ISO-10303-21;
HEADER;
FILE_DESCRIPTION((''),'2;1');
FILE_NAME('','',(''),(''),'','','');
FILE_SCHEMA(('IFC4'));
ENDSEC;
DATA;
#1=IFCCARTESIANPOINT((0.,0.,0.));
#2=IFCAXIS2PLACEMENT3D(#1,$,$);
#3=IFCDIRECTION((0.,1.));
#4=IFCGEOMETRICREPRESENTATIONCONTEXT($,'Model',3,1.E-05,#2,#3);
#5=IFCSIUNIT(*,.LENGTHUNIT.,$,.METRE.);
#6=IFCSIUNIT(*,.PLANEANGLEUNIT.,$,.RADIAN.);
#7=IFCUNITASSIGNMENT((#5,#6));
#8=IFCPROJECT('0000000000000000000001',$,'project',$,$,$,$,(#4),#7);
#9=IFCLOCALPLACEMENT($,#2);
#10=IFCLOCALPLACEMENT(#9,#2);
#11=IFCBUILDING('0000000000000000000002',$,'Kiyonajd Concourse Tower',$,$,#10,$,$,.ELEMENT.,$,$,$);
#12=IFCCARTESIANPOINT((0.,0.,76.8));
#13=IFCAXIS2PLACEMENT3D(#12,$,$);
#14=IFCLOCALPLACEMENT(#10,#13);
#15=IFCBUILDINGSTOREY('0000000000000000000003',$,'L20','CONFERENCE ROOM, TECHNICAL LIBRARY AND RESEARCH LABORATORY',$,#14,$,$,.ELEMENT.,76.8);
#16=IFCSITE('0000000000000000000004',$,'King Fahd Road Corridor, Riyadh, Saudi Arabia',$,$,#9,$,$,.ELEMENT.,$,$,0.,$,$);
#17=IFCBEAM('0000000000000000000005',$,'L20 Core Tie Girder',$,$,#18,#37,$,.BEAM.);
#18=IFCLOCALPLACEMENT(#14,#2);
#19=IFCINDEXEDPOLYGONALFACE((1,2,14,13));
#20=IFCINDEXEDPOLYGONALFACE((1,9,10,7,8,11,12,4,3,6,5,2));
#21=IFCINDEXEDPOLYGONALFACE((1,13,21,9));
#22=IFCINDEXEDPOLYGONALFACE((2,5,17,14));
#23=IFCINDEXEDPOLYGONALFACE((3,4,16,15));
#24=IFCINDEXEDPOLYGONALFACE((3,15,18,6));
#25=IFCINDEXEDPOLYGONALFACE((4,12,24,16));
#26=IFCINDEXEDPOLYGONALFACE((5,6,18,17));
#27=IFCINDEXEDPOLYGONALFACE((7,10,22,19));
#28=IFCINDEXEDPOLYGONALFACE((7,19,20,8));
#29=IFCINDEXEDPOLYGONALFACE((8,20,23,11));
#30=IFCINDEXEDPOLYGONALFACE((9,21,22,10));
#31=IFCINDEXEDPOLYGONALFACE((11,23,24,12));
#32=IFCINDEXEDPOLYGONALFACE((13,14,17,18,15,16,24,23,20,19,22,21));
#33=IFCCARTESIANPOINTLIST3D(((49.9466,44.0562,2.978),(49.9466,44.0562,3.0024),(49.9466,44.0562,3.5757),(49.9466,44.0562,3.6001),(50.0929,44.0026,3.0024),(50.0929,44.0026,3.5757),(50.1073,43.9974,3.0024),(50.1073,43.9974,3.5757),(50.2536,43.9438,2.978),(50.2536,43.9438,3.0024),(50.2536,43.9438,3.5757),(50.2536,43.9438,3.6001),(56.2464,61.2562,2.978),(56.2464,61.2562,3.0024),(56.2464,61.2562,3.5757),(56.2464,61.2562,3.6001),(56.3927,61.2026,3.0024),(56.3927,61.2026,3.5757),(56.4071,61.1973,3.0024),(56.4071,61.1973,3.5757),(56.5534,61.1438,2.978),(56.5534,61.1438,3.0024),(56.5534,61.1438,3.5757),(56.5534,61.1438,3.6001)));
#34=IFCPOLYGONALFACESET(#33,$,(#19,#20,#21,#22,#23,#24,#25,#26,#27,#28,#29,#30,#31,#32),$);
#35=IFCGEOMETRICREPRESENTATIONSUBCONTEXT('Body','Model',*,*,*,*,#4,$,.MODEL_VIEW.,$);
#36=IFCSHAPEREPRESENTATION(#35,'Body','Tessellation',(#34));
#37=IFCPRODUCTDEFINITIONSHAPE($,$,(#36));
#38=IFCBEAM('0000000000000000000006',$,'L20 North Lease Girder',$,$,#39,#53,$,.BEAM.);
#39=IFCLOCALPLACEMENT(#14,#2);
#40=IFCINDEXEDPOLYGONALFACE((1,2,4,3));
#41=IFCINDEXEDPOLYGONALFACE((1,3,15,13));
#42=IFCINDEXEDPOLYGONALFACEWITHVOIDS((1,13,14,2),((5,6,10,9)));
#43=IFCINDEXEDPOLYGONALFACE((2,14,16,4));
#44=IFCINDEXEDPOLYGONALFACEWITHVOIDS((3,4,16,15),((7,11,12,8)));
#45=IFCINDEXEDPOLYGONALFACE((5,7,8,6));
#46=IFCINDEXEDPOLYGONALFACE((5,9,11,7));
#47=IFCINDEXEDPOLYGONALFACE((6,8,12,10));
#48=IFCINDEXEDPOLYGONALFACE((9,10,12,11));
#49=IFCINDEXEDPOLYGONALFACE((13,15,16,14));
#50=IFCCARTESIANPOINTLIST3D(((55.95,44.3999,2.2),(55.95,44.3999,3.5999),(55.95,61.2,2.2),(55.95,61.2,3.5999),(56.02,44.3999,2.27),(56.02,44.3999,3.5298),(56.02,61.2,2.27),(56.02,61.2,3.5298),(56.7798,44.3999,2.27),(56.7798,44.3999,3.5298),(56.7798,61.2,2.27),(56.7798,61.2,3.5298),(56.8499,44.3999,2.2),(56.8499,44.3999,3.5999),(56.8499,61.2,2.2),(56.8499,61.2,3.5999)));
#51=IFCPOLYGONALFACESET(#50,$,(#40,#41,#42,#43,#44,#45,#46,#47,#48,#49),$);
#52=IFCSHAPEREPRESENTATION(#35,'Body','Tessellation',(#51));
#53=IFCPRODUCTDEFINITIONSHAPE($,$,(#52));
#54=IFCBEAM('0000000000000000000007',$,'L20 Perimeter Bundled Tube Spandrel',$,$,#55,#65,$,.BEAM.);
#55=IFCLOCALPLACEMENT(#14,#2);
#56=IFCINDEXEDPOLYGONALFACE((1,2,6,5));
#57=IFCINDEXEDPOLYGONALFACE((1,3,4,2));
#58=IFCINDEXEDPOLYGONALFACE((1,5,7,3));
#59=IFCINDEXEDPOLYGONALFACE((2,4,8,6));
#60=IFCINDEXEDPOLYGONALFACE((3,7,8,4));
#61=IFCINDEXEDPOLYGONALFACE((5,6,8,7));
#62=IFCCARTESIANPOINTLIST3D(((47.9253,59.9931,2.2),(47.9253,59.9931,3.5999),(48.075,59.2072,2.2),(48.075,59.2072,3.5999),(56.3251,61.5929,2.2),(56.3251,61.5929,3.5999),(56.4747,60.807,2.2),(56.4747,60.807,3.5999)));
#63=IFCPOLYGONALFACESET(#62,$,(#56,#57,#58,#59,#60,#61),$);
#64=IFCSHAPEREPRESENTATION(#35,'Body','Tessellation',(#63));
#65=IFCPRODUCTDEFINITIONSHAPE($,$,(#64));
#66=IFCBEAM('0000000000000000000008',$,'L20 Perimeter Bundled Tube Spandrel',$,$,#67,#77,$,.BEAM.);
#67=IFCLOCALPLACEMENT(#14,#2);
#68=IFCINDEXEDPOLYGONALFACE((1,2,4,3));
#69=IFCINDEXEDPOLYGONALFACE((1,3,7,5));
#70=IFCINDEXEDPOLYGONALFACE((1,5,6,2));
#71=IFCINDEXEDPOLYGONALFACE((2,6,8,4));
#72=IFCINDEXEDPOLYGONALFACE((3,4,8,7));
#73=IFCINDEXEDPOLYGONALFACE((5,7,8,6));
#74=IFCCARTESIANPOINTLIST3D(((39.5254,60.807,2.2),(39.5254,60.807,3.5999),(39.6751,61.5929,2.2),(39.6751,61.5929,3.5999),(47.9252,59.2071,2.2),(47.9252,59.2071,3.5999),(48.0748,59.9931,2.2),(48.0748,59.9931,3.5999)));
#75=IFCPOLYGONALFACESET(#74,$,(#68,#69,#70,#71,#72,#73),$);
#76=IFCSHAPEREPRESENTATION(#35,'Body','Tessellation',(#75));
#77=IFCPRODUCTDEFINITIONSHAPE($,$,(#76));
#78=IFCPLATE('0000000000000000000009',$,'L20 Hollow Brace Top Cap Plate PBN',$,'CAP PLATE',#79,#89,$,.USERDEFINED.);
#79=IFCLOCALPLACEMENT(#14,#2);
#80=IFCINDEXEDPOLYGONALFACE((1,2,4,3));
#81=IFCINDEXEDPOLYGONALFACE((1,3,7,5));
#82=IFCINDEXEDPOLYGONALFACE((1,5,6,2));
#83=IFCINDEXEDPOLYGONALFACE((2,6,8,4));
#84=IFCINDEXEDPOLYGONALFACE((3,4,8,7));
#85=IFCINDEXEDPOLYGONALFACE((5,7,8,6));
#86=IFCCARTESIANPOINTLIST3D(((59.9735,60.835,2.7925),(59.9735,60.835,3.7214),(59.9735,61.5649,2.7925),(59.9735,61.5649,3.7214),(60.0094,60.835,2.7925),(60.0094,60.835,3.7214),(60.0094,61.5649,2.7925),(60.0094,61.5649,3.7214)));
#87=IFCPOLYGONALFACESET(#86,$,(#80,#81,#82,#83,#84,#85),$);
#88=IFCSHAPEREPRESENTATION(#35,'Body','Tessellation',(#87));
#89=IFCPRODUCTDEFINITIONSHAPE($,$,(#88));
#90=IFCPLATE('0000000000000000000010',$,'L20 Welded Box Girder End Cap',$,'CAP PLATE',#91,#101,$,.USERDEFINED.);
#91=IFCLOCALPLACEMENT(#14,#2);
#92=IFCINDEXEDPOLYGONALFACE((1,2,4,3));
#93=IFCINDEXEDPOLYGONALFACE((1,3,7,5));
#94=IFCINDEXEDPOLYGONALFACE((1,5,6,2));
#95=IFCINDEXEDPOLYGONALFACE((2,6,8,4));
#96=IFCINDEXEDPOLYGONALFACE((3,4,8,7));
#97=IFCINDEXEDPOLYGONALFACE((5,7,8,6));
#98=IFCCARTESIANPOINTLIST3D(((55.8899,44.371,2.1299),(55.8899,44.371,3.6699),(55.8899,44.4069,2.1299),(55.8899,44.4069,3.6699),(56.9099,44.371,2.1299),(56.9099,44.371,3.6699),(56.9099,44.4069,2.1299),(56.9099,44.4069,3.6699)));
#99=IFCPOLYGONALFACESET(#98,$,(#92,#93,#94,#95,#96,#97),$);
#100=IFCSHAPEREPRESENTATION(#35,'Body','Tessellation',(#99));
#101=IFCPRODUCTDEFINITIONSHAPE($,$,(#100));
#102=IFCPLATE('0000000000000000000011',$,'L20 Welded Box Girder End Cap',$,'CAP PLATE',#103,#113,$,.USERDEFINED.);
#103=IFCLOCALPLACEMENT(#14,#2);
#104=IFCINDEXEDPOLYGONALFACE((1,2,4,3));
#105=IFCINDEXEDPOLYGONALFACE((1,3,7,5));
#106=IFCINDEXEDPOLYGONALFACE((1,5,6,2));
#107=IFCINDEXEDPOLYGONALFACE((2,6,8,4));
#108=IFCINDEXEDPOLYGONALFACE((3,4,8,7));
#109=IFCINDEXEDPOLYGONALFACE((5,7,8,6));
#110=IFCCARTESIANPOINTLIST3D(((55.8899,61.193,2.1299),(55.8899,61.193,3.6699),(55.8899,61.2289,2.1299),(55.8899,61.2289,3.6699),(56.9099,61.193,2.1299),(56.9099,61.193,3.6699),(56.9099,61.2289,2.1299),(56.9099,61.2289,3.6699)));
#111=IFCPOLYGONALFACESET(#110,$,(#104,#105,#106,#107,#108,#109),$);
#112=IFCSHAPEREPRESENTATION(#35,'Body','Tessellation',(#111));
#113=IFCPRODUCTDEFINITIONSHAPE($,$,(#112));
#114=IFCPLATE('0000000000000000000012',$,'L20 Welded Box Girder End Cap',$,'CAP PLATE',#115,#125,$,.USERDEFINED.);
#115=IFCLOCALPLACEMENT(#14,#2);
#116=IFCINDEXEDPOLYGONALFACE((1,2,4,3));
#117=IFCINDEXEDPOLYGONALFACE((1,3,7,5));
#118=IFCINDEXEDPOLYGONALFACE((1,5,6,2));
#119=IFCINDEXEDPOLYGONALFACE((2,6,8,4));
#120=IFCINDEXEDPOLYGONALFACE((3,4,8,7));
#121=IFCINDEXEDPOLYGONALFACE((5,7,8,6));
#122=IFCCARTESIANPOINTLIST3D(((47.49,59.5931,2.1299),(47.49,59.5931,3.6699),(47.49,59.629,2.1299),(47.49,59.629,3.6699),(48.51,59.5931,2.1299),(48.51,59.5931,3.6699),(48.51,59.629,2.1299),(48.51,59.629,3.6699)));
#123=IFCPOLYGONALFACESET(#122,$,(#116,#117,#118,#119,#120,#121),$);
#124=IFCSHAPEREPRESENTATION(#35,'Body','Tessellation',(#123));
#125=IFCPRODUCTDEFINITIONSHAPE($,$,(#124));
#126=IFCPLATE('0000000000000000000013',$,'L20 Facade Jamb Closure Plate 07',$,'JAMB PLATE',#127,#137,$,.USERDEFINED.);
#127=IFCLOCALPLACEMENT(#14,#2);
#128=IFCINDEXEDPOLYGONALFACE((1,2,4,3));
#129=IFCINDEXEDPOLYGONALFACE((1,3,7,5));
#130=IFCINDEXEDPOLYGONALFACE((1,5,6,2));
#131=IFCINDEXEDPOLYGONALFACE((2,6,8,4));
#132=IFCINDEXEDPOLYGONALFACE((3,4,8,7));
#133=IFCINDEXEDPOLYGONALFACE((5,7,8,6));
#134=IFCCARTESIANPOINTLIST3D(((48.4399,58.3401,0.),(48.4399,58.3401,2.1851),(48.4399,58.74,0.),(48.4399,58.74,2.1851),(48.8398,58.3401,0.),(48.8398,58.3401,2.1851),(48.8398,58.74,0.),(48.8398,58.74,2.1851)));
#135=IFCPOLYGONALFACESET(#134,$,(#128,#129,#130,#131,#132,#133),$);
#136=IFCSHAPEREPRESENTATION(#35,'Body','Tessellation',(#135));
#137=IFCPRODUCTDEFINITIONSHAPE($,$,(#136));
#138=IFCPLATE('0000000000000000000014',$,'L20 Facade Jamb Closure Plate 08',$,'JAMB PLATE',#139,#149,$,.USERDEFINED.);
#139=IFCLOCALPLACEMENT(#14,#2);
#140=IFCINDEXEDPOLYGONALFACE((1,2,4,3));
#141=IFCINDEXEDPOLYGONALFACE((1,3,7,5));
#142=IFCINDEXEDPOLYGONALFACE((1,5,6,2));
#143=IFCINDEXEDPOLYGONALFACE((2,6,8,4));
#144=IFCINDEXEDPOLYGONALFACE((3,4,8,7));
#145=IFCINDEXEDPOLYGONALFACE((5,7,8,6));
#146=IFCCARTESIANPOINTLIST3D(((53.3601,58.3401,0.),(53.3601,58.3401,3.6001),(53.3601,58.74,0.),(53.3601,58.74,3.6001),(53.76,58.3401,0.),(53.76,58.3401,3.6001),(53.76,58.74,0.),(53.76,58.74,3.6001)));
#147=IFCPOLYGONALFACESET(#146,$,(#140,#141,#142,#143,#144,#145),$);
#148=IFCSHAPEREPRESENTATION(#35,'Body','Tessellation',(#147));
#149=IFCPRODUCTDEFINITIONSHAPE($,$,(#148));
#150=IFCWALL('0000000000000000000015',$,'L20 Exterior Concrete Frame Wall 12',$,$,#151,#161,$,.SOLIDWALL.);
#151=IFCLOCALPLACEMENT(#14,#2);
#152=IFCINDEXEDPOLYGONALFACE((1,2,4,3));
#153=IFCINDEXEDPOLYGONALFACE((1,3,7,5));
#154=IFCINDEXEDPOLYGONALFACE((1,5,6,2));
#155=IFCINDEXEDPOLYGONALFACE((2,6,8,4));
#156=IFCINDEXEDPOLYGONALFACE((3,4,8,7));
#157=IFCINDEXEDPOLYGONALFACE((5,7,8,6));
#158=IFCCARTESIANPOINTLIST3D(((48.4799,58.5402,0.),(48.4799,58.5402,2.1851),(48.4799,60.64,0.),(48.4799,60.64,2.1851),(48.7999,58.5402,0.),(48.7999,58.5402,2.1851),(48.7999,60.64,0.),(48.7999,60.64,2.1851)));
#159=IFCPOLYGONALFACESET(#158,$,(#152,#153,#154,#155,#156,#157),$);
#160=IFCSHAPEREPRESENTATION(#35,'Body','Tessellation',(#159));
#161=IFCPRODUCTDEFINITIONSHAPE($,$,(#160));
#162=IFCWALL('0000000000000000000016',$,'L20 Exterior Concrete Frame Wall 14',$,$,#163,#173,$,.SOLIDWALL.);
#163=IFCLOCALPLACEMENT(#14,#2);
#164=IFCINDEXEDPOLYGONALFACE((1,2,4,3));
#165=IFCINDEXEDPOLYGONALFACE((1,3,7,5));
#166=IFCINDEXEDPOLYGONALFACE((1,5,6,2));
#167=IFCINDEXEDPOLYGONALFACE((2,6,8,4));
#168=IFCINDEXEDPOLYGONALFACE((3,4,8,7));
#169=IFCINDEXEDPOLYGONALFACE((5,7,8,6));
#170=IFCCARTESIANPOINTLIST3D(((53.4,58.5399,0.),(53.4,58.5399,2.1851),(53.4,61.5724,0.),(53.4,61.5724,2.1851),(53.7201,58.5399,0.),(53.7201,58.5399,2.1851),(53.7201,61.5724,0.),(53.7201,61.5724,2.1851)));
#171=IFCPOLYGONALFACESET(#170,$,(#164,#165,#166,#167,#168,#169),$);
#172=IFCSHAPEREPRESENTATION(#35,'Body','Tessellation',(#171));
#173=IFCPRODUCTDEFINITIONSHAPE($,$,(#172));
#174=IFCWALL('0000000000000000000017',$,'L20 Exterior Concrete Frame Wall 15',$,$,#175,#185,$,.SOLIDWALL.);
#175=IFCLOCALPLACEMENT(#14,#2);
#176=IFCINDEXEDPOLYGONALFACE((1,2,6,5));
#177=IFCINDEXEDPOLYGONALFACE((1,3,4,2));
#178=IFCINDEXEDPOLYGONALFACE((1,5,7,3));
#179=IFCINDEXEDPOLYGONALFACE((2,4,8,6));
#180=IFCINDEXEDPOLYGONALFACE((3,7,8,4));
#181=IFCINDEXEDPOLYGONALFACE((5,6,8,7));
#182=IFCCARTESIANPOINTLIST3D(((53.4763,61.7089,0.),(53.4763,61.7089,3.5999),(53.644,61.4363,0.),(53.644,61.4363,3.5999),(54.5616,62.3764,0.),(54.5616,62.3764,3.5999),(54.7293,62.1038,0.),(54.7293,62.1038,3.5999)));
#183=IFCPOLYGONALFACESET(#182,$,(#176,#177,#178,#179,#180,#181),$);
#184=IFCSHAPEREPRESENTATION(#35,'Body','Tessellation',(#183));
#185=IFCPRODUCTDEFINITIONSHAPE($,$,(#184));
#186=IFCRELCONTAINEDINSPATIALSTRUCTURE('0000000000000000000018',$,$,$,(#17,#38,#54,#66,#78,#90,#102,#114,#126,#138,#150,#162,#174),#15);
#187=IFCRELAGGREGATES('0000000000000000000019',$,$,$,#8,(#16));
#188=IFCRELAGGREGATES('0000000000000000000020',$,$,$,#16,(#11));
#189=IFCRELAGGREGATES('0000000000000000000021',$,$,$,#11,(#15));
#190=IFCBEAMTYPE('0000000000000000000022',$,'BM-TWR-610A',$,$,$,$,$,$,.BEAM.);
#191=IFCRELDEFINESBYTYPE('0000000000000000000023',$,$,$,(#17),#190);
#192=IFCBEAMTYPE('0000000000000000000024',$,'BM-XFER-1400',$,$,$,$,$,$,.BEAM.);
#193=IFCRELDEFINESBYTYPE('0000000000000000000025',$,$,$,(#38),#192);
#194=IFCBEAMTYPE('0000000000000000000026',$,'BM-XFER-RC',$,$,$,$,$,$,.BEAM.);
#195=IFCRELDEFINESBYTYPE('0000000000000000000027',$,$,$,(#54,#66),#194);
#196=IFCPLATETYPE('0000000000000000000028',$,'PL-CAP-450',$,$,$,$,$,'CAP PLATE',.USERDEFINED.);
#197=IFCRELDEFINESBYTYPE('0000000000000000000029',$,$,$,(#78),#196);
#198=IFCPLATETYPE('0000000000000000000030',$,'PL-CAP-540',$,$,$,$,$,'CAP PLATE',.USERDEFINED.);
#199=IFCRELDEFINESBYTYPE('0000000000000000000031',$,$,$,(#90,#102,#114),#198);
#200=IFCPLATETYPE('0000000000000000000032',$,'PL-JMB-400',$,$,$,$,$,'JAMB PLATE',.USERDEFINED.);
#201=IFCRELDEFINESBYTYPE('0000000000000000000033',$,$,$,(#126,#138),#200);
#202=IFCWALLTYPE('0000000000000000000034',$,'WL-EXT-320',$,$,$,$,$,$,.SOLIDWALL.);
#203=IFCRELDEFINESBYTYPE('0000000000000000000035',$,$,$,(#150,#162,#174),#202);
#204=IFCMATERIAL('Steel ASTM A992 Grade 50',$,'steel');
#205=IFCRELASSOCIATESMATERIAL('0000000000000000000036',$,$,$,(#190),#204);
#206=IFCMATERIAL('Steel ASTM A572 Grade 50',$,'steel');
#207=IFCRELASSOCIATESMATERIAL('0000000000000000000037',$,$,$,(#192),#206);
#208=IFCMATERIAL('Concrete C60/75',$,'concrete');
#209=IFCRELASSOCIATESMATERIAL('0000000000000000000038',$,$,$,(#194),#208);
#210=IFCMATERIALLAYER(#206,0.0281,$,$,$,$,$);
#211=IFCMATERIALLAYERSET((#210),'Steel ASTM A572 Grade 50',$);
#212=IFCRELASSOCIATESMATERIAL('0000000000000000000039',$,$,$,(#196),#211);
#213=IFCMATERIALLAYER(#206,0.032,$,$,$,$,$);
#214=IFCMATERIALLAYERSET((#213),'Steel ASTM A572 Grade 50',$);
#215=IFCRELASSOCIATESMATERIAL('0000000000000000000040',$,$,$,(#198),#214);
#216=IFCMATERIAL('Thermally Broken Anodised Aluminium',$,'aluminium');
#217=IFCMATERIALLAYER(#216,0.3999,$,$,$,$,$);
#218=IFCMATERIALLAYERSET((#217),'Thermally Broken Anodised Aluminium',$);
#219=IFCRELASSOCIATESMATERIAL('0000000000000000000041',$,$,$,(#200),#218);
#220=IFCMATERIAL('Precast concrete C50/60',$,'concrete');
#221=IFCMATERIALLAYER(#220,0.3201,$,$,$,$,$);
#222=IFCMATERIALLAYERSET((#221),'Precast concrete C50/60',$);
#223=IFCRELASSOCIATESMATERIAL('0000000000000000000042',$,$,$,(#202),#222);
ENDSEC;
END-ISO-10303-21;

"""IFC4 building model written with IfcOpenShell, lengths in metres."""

from ifc_helpers import new_model, si_unit, direction, frame, frame_2d, origin, origin_2d, place, context, subcontext, project, spatial, rectangle, hollow_rectangle, i_section, extrude, material, layer, layer_set, material_profile, profile_set, type_object, element, save


model = new_model("IFC4")

# Units and contexts
model_context = context("Model", 3, precision=1e-05, world=origin(), true_north=direction((0.0, 1.0)))
body_context = subcontext(model_context, "Body", "Model", "MODEL_VIEW")
ifc_project = project(units=[si_unit("LENGTHUNIT", "METRE"), si_unit("PLANEANGLEUNIT", "RADIAN")], contexts=[model_context])

# Site, building, storey
site_placement = place(None, origin())
site = spatial("IfcSite", under=ifc_project, at=site_placement, Name="King Fahd Road Corridor, Riyadh, Saudi Arabia", CompositionType="ELEMENT", RefElevation=0.0)
building_placement = place(site_placement, origin())
building = spatial("IfcBuilding", under=site, at=building_placement, Name="Kiyonajd Concourse Tower", CompositionType="ELEMENT")
storey_placement = place(building_placement, frame((0.0, 0.0, 76.8)))
storey = spatial("IfcBuildingStorey", under=building, at=storey_placement, Name="L20", Description="CONFERENCE ROOM, TECHNICAL LIBRARY AND RESEARCH LABORATORY", CompositionType="ELEMENT", Elevation=76.8)

# Shared definitions
ifc_material_1 = material(Name="Concrete C60/75", Category="concrete")

# Beams
ifc_material_2 = material(Name="Steel ASTM A992 Grade 50", Category="steel")
ifc_material_profile_1 = material_profile(ifc_material_2, i_section(OverallWidth=0.3269, OverallDepth=0.6221, WebThickness=0.0154, FlangeThickness=0.0244, at=origin_2d()), Name="W610X195")
ifc_profile_set_1 = profile_set([ifc_material_profile_1], Name="Steel ASTM A992 Grade 50")
beam_type_1 = type_object("IfcBeamType", Name="BM-TWR-610A", PredefinedType="BEAM", material=ifc_profile_set_1)
beam_1_placement = place(storey_placement, frame((50.1001, 44.0, 3.2891), z_axis=(0.343925, 0.938997, 0.0), x_axis=(-0.938997, 0.343925, 0.0)))
element("IfcBeam", 1, at=beam_1_placement, inside=storey, type_object=beam_type_1, Name="L20 Core Tie Girder", PredefinedType="BEAM", context=body_context, shape_type="SweptSolid", body=[
    extrude(i_section(OverallWidth=0.3269, OverallDepth=0.6221, WebThickness=0.0154, FlangeThickness=0.0244, at=origin_2d()), origin(), (0.0, 0.0, 1.0), 18.3174),
])
ifc_material_3 = material(Name="Steel ASTM A572 Grade 50", Category="steel")
ifc_material_profile_2 = material_profile(ifc_material_3, hollow_rectangle(XDim=0.8999, YDim=1.3999, WallThickness=0.0701, at=origin_2d()), Name="BOX-1400x900x70")
ifc_profile_set_2 = profile_set([ifc_material_profile_2], Name="Steel ASTM A572 Grade 50")
beam_type_2 = type_object("IfcBeamType", Name="BM-XFER-1400", PredefinedType="BEAM", material=ifc_profile_set_2)
beam_2_placement = place(storey_placement, frame((56.3999, 44.3999, 2.8999), z_axis=(0.0, 1.0, 0.0), x_axis=(-1.0, 0.0, 0.0)))
element("IfcBeam", 2, at=beam_2_placement, inside=storey, type_object=beam_type_2, Name="L20 North Lease Girder", PredefinedType="BEAM", context=body_context, shape_type="SweptSolid", body=[
    extrude(hollow_rectangle(XDim=0.8999, YDim=1.3999, WallThickness=0.0701, at=origin_2d()), origin(), (0.0, 0.0, 1.0), 16.8),
])
ifc_material_profile_3 = material_profile(ifc_material_1, rectangle(XDim=0.8, YDim=1.3999, at=origin_2d()), Name="RCBM-800x1400")
ifc_profile_set_3 = profile_set([ifc_material_profile_3], Name="Concrete C60/75")
beam_type_3 = type_object("IfcBeamType", Name="BM-XFER-RC", PredefinedType="BEAM", material=ifc_profile_set_3)
for number, where, z_axis, x_axis, name in (
    (3, (56.3999, 61.2, 2.8999), (-0.982341, -0.187098, 0.0), (0.187098, -0.982341, 0.0), "L20 Perimeter Bundled Tube Spandrel"),
    (4, (48.0, 59.6001, 2.8999), (-0.982341, 0.187098, 0.0), (-0.187098, -0.982341, 0.0), "L20 Perimeter Bundled Tube Spandrel"),
):
    element("IfcBeam", number, at=place(storey_placement, frame(where, z_axis=z_axis, x_axis=x_axis)), inside=storey, type_object=beam_type_3, Name=name, PredefinedType="BEAM", context=body_context, shape_type="SweptSolid", body=[
        extrude(rectangle(XDim=0.8, YDim=1.3999, at=origin_2d()), origin(), (0.0, 0.0, 1.0), 8.5508),
    ])

# Plates
ifc_layer_1 = layer(ifc_material_3, 0.0281)
ifc_layer_set_1 = layer_set([ifc_layer_1], Name="Steel ASTM A572 Grade 50")
plate_type_1 = type_object("IfcPlateType", Name="PL-CAP-450", ElementType="CAP PLATE", PredefinedType="USERDEFINED", material=ifc_layer_set_1)
plate_1_placement = place(storey_placement, frame((59.9915, 61.2, 2.7925), z_axis=(0.0, 0.0, 1.0), x_axis=(-1.0, 0.0, 0.0)))
element("IfcPlate", 5, at=plate_1_placement, inside=storey, type_object=plate_type_1, Name="L20 Hollow Brace Top Cap Plate PBN", ObjectType="CAP PLATE", PredefinedType="USERDEFINED", context=body_context, shape_type="SweptSolid", body=[
    extrude(rectangle(XDim=0.0359, YDim=0.73, at=origin_2d()), origin(), (0.0, 0.0, 1.0), 0.929),
])
ifc_layer_2 = layer(ifc_material_3, 0.032)
ifc_layer_set_2 = layer_set([ifc_layer_2], Name="Steel ASTM A572 Grade 50")
plate_type_2 = type_object("IfcPlateType", Name="PL-CAP-540", ElementType="CAP PLATE", PredefinedType="USERDEFINED", material=ifc_layer_set_2)
for number, where, z_axis, x_axis, name in (
    (6, (56.3999, 44.3889, 2.1299), (0.0, 0.0, 1.0), (0.0, -1.0, 0.0), "L20 Welded Box Girder End Cap"),
    (7, (56.3999, 61.2109, 2.1299), (0.0, 0.0, 1.0), (0.0, 1.0, 0.0), "L20 Welded Box Girder End Cap"),
    (8, (48.0, 59.6111, 2.1299), (0.0, 0.0, 1.0), (0.0, 1.0, 0.0), "L20 Welded Box Girder End Cap"),
):
    element("IfcPlate", number, at=place(storey_placement, frame(where, z_axis=z_axis, x_axis=x_axis)), inside=storey, type_object=plate_type_2, Name=name, ObjectType="CAP PLATE", PredefinedType="USERDEFINED", context=body_context, shape_type="SweptSolid", body=[
        extrude(rectangle(XDim=0.0359, YDim=1.02, at=origin_2d()), origin(), (0.0, 0.0, 1.0), 1.54),
    ])
ifc_material_4 = material(Name="Thermally Broken Anodised Aluminium", Category="aluminium")
ifc_layer_3 = layer(ifc_material_4, 0.3999)
ifc_layer_set_3 = layer_set([ifc_layer_3], Name="Thermally Broken Anodised Aluminium")
plate_type_3 = type_object("IfcPlateType", Name="PL-JMB-400", ElementType="JAMB PLATE", PredefinedType="USERDEFINED", material=ifc_layer_set_3)
plate_2_placement = place(storey_placement, frame((48.6399, 58.54, 0.0), z_axis=(0.0, 0.0, 1.0), x_axis=(1.0, 0.0, 0.0)))
element("IfcPlate", 9, at=plate_2_placement, inside=storey, type_object=plate_type_3, Name="L20 Facade Jamb Closure Plate 07", ObjectType="JAMB PLATE", PredefinedType="USERDEFINED", context=body_context, shape_type="SweptSolid", body=[
    extrude(rectangle(XDim=0.3999, YDim=0.3999, at=origin_2d()), origin(), (0.0, 0.0, 1.0), 2.1851),
])
plate_3_placement = place(storey_placement, frame((53.5601, 58.54, 0.0), z_axis=(0.0, 0.0, 1.0), x_axis=(1.0, 0.0, 0.0)))
element("IfcPlate", 10, at=plate_3_placement, inside=storey, type_object=plate_type_3, Name="L20 Facade Jamb Closure Plate 08", ObjectType="JAMB PLATE", PredefinedType="USERDEFINED", context=body_context, shape_type="SweptSolid", body=[
    extrude(rectangle(XDim=0.3999, YDim=0.3999, at=origin_2d()), origin(), (0.0, 0.0, 1.0), 3.6001),
])

# Walls
ifc_material_5 = material(Name="Precast concrete C50/60", Category="concrete")
ifc_layer_4 = layer(ifc_material_5, 0.3201)
ifc_layer_set_4 = layer_set([ifc_layer_4], Name="Precast concrete C50/60")
wall_type_1 = type_object("IfcWallType", Name="WL-EXT-320", PredefinedType="SOLIDWALL", material=ifc_layer_set_4)
wall_1_placement = place(storey_placement, frame((48.6399, 60.6399, 0.0), z_axis=(0.0, 0.0, 1.0), x_axis=(0.0, -1.0, 0.0)))
element("IfcWall", 11, at=wall_1_placement, inside=storey, type_object=wall_type_1, Name="L20 Exterior Concrete Frame Wall 12", PredefinedType="SOLIDWALL", context=body_context, shape_type="SweptSolid", body=[
    extrude(rectangle(XDim=2.0999, YDim=0.3201, at=frame_2d((1.0498, 0.0))), origin(), (0.0, 0.0, 1.0), 2.1851),
])
wall_2_placement = place(storey_placement, frame((53.5601, 58.54, 0.0), z_axis=(0.0, 0.0, 1.0), x_axis=(0.0, 1.0, 0.0)))
element("IfcWall", 12, at=wall_2_placement, inside=storey, type_object=wall_type_1, Name="L20 Exterior Concrete Frame Wall 14", PredefinedType="SOLIDWALL", context=body_context, shape_type="SweptSolid", body=[
    extrude(rectangle(XDim=3.0325, YDim=0.3201, at=frame_2d((1.5161, 0.0))), origin(), (0.0, 0.0, 1.0), 2.1851),
])
wall_3_placement = place(storey_placement, frame((53.5601, 61.5725, 0.0), z_axis=(0.0, 0.0, 1.0), x_axis=(0.851777, 0.523905, 0.0)))
element("IfcWall", 13, at=wall_3_placement, inside=storey, type_object=wall_type_1, Name="L20 Exterior Concrete Frame Wall 15", PredefinedType="SOLIDWALL", context=body_context, shape_type="SweptSolid", body=[
    extrude(rectangle(XDim=1.2742, YDim=0.3201, at=frame_2d((0.6372, 0.0))), origin(), (0.0, 0.0, 1.0), 3.5999),
])

save(model, "model.ifc")
